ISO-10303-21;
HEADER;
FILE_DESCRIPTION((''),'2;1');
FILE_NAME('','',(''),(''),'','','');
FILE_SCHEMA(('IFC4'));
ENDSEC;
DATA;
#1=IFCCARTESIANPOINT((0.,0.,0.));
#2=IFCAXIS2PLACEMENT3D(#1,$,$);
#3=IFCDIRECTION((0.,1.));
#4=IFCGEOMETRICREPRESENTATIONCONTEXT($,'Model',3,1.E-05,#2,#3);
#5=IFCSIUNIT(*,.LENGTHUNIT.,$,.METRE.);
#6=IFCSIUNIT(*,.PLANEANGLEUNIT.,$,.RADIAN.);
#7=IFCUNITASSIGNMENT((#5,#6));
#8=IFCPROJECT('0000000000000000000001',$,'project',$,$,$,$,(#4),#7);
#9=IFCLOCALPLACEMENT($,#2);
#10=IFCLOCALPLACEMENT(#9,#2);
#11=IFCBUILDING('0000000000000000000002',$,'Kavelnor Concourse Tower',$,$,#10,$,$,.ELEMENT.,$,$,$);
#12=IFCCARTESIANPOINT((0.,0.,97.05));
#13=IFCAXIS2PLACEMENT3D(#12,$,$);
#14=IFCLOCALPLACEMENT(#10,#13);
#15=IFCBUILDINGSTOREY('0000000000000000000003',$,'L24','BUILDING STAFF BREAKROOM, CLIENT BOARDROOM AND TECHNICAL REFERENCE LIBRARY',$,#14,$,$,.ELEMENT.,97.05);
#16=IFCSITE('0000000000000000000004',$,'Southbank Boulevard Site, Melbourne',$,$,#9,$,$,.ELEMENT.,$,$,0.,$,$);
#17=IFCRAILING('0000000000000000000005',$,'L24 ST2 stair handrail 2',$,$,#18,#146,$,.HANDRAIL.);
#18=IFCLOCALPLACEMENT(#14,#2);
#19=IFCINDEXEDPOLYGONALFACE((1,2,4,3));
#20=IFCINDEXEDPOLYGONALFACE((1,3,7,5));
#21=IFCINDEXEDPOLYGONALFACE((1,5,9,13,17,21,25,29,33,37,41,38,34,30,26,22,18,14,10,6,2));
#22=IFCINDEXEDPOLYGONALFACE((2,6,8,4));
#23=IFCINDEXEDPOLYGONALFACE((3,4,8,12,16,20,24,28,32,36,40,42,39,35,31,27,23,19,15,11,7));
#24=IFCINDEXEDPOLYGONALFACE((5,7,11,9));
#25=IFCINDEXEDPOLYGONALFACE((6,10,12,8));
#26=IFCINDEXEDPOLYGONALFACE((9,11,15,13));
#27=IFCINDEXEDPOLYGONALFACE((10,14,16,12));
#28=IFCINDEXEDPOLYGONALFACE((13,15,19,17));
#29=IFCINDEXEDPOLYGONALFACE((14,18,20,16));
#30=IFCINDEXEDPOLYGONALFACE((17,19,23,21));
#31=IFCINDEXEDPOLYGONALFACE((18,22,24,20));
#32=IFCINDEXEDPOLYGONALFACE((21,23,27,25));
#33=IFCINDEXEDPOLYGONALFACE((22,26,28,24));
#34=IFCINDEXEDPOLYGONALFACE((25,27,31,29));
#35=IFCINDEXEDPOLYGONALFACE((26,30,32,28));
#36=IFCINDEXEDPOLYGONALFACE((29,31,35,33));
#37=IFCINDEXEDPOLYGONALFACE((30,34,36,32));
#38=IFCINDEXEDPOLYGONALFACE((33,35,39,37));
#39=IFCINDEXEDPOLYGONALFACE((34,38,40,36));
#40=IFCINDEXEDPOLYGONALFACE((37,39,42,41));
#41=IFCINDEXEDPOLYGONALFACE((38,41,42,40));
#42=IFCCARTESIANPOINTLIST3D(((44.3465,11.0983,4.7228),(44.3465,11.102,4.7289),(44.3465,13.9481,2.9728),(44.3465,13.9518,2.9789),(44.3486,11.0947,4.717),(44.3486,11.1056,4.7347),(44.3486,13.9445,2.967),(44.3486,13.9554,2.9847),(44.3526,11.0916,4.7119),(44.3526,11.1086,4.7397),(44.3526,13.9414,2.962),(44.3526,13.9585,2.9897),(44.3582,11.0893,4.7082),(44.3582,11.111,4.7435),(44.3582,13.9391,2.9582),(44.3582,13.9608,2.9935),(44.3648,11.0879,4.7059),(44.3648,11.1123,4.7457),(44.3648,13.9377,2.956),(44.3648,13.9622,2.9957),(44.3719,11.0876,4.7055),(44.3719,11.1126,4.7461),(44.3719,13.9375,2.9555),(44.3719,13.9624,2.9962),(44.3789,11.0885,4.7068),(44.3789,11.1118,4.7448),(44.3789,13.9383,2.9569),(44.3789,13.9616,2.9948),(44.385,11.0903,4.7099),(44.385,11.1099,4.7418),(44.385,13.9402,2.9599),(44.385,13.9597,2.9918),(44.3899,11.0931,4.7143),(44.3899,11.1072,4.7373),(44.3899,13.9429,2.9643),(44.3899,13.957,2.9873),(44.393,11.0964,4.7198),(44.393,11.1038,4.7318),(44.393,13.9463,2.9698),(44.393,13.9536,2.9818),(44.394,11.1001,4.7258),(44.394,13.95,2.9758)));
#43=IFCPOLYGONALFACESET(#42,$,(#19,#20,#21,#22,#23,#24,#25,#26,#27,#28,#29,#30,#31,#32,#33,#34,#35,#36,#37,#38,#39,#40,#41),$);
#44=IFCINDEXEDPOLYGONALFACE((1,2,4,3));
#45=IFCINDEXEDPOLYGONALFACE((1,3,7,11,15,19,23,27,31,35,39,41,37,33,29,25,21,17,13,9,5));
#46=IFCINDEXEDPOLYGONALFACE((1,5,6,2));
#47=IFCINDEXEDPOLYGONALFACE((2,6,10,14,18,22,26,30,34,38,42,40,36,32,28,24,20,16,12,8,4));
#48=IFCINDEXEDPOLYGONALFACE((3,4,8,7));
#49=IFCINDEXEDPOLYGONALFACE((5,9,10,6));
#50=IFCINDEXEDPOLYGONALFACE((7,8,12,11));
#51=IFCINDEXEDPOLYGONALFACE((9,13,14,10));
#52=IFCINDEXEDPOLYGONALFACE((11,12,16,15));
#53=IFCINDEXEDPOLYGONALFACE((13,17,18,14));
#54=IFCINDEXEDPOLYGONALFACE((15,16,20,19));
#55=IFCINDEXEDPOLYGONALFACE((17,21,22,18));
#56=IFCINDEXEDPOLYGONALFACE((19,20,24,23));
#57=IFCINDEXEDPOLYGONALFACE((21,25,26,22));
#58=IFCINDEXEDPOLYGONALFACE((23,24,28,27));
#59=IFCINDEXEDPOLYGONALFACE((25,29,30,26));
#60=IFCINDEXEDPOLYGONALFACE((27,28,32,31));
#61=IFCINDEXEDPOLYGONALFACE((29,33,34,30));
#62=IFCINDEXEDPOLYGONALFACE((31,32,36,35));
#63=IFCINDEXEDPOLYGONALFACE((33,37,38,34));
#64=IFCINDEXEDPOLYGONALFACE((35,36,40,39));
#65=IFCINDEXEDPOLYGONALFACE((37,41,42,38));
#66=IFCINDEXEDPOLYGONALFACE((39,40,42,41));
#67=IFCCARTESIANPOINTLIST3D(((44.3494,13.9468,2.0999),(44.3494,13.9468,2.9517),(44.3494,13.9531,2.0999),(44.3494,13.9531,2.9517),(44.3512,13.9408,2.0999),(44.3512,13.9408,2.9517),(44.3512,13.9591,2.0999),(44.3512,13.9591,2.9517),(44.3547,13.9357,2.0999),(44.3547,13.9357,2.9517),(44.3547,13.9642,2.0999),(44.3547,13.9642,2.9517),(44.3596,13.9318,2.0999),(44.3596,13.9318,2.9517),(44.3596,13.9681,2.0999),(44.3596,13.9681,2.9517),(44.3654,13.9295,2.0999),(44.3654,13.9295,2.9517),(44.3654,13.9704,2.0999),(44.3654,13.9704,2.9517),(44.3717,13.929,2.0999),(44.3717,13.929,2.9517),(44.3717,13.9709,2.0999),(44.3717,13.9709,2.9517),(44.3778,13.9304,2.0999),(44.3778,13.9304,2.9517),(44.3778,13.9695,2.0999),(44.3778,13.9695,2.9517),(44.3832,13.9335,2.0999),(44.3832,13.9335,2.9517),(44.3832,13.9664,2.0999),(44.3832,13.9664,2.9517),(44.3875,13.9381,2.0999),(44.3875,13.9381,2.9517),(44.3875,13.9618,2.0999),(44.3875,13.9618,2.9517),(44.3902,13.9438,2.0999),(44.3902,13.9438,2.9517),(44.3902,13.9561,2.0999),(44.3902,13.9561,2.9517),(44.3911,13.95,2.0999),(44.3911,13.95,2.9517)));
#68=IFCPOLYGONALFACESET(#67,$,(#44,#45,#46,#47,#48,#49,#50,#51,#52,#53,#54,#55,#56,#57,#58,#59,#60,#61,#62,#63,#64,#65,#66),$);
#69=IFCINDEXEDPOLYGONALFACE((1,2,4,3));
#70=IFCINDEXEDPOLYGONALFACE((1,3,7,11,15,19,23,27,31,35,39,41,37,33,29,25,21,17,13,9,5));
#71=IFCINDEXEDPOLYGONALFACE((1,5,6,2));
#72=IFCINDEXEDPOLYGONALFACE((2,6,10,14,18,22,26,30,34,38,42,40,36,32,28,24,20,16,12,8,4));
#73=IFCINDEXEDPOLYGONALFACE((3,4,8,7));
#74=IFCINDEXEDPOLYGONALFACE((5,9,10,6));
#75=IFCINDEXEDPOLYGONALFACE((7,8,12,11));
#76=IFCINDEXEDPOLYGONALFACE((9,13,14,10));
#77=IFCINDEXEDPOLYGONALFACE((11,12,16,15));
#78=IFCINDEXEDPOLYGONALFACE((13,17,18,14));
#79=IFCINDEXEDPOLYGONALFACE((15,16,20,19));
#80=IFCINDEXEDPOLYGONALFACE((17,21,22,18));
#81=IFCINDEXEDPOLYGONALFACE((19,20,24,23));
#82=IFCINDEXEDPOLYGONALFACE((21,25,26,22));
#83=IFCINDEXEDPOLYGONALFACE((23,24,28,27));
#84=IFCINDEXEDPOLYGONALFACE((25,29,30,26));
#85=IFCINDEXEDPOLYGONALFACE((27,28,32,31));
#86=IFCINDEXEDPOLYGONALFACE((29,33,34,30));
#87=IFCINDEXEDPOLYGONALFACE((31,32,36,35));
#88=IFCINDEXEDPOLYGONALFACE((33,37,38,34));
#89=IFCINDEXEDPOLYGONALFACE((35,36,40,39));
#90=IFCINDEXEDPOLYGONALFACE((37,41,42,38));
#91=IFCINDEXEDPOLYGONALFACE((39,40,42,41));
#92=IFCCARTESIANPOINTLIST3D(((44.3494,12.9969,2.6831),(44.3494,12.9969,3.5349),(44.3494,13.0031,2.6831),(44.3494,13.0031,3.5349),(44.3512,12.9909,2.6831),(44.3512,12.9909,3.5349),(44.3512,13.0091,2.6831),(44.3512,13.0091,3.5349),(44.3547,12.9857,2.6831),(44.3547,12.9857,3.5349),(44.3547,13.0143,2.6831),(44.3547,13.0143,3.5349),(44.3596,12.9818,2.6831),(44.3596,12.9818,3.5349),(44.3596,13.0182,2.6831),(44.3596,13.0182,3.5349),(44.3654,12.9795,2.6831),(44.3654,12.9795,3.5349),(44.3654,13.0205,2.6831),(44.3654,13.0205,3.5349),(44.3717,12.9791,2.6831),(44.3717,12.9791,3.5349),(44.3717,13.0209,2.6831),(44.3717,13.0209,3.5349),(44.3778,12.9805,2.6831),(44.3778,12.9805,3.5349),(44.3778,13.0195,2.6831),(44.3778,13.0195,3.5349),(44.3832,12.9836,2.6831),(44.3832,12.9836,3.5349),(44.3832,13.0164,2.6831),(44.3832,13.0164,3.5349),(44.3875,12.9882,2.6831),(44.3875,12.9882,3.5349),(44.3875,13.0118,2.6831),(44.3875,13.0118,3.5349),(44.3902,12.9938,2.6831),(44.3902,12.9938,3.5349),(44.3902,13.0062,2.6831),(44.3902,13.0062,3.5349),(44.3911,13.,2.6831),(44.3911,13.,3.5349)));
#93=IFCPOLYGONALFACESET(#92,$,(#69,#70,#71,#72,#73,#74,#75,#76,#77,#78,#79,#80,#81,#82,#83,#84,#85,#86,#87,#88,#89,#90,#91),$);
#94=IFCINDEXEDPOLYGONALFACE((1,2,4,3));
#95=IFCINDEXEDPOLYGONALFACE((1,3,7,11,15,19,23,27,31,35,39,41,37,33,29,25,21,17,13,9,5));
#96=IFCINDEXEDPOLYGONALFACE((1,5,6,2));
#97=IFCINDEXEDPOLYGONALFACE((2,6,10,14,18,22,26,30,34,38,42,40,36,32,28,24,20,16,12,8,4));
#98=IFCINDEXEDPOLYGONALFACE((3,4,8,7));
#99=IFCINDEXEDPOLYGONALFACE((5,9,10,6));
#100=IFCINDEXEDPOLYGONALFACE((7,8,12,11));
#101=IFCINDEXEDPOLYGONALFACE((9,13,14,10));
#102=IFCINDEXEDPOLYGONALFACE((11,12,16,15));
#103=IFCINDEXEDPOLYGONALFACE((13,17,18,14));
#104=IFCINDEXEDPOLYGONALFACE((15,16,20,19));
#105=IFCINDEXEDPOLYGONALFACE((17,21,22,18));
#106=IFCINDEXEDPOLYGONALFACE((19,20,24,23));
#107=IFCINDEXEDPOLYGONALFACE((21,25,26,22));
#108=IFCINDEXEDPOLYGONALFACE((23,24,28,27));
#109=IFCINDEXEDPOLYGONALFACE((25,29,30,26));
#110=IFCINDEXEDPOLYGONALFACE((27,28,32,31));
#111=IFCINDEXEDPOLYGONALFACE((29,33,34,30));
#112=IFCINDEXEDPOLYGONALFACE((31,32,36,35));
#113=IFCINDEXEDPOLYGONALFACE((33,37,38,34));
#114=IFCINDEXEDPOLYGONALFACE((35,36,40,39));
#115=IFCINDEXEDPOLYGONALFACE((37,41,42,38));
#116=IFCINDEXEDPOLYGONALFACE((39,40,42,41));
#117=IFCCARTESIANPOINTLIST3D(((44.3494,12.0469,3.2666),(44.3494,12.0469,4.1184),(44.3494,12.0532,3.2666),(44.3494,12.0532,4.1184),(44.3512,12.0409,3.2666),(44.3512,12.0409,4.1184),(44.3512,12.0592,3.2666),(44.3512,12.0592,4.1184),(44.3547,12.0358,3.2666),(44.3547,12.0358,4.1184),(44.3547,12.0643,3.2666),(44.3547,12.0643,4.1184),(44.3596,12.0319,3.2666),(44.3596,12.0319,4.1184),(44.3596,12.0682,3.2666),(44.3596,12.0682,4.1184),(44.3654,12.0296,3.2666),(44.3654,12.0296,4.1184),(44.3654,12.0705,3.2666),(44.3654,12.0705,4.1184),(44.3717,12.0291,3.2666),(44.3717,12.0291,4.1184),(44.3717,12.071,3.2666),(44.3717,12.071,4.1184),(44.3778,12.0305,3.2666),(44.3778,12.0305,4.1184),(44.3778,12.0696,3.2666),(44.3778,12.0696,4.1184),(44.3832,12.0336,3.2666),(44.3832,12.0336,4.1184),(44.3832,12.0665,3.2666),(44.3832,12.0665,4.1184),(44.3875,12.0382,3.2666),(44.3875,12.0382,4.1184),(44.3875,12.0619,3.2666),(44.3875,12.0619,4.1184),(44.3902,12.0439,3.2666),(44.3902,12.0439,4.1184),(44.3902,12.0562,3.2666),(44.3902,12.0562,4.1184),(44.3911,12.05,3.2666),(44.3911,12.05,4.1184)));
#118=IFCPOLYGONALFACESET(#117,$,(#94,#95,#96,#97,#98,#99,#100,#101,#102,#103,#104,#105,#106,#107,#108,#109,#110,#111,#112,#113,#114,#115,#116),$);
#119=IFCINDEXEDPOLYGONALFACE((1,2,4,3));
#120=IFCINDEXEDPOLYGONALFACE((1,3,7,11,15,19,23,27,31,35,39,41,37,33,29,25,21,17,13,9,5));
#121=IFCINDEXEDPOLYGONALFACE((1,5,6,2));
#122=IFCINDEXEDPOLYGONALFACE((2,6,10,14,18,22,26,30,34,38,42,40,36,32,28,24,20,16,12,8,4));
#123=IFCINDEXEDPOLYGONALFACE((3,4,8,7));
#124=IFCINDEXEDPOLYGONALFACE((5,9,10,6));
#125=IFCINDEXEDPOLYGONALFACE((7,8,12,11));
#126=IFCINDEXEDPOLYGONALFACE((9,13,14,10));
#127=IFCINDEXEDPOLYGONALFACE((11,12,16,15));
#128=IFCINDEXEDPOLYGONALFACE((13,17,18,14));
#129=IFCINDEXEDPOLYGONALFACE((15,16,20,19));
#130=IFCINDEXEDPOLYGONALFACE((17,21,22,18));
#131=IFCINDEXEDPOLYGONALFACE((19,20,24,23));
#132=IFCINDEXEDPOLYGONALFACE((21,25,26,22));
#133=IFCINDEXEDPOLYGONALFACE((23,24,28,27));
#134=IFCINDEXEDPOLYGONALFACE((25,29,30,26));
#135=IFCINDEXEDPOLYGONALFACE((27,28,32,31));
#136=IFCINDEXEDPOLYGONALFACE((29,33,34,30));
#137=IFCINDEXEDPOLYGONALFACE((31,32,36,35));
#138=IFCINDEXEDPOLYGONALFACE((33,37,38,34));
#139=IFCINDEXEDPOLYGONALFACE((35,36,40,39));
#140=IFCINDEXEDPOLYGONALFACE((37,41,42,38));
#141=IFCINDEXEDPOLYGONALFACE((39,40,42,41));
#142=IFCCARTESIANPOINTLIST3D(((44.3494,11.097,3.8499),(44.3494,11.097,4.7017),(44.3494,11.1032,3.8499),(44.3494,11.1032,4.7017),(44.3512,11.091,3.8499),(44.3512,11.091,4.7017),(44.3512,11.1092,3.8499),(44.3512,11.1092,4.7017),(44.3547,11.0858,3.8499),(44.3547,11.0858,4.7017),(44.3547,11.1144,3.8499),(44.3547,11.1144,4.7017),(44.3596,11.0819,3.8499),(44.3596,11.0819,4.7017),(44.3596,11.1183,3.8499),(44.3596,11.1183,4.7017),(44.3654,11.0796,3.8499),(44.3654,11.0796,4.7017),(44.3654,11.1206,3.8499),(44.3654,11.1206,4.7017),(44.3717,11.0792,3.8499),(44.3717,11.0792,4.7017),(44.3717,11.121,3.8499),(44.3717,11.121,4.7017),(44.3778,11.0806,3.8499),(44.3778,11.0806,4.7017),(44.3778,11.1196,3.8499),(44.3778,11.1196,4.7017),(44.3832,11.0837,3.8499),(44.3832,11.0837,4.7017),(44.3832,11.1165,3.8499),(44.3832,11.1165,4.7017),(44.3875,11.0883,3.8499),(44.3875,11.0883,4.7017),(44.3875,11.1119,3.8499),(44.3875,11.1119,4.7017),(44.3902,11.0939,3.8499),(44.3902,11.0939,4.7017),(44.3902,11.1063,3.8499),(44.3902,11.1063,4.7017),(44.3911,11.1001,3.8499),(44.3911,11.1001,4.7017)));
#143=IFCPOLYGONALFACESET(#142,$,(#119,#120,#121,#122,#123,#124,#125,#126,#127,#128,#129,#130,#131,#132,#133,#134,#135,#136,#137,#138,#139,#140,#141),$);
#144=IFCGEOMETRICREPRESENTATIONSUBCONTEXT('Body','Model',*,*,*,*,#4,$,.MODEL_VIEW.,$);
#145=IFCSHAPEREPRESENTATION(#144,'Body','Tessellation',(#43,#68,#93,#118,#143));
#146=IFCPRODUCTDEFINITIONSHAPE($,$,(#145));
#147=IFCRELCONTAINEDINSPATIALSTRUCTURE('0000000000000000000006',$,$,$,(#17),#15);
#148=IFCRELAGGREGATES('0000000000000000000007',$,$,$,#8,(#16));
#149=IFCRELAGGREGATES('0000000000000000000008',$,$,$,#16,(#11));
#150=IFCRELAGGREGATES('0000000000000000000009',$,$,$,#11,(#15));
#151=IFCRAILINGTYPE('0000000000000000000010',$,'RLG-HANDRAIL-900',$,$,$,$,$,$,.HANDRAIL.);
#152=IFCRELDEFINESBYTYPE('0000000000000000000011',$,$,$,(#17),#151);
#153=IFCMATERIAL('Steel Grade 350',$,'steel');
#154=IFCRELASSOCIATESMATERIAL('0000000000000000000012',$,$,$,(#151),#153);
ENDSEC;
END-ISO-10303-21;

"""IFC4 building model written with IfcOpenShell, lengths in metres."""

from ifc_helpers import new_model, si_unit, direction, frame, origin, origin_2d, place, context, subcontext, project, spatial, circle, extrude, material, type_object, element, save


model = new_model("IFC4")

# Units and contexts
model_context = context("Model", 3, precision=1e-05, world=origin(), true_north=direction((0.0, 1.0)))
body_context = subcontext(model_context, "Body", "Model", "MODEL_VIEW")
ifc_project = project(units=[si_unit("LENGTHUNIT", "METRE"), si_unit("PLANEANGLEUNIT", "RADIAN")], contexts=[model_context])

# Site, building, storey
site_placement = place(None, origin())
site = spatial("IfcSite", under=ifc_project, at=site_placement, Name="Southbank Boulevard Site, Melbourne", CompositionType="ELEMENT", RefElevation=0.0)
building_placement = place(site_placement, origin())
building = spatial("IfcBuilding", under=site, at=building_placement, Name="Kavelnor Concourse Tower", CompositionType="ELEMENT")
storey_placement = place(building_placement, frame((0.0, 0.0, 97.05)))
storey = spatial("IfcBuildingStorey", under=building, at=storey_placement, Name="L24", Description="BUILDING STAFF BREAKROOM, CLIENT BOARDROOM AND TECHNICAL REFERENCE LIBRARY", CompositionType="ELEMENT", Elevation=97.05)

# Shared definitions
ifc_material_1 = material(Name="Steel Grade 350", Category="steel")

# Railing
railing_type = type_object("IfcRailingType", Name="RLG-HANDRAIL-900", PredefinedType="HANDRAIL", material=ifc_material_1)
railing_placement = place(storey_placement, frame((44.3701, 13.95, 2.0999)))
element("IfcRailing", 1, at=railing_placement, inside=storey, type_object=railing_type, Name="L24 ST2 stair handrail 2", PredefinedType="HANDRAIL", context=body_context, shape_type="SweptSolid", body=[
    extrude(circle(Radius=0.0239, at=origin_2d()), frame((0.0, 0.0, 0.876), z_axis=(0.0, -0.852159, 0.523283), x_axis=(1.0, 0.0, 0.0)), (0.0, 0.0, 1.0), 3.3442),
    extrude(circle(Radius=0.021, at=origin_2d()), origin(), (0.0, 0.0, 1.0), 0.8518),
    extrude(circle(Radius=0.021, at=origin_2d()), frame((0.0, -0.95, 0.5833)), (0.0, 0.0, 1.0), 0.8518),
    extrude(circle(Radius=0.021, at=origin_2d()), frame((0.0, -1.8999, 1.1667)), (0.0, 0.0, 1.0), 0.8518),
    extrude(circle(Radius=0.021, at=origin_2d()), frame((0.0, -2.8499, 1.75)), (0.0, 0.0, 1.0), 0.8518),
])

save(model, "model.ifc")
